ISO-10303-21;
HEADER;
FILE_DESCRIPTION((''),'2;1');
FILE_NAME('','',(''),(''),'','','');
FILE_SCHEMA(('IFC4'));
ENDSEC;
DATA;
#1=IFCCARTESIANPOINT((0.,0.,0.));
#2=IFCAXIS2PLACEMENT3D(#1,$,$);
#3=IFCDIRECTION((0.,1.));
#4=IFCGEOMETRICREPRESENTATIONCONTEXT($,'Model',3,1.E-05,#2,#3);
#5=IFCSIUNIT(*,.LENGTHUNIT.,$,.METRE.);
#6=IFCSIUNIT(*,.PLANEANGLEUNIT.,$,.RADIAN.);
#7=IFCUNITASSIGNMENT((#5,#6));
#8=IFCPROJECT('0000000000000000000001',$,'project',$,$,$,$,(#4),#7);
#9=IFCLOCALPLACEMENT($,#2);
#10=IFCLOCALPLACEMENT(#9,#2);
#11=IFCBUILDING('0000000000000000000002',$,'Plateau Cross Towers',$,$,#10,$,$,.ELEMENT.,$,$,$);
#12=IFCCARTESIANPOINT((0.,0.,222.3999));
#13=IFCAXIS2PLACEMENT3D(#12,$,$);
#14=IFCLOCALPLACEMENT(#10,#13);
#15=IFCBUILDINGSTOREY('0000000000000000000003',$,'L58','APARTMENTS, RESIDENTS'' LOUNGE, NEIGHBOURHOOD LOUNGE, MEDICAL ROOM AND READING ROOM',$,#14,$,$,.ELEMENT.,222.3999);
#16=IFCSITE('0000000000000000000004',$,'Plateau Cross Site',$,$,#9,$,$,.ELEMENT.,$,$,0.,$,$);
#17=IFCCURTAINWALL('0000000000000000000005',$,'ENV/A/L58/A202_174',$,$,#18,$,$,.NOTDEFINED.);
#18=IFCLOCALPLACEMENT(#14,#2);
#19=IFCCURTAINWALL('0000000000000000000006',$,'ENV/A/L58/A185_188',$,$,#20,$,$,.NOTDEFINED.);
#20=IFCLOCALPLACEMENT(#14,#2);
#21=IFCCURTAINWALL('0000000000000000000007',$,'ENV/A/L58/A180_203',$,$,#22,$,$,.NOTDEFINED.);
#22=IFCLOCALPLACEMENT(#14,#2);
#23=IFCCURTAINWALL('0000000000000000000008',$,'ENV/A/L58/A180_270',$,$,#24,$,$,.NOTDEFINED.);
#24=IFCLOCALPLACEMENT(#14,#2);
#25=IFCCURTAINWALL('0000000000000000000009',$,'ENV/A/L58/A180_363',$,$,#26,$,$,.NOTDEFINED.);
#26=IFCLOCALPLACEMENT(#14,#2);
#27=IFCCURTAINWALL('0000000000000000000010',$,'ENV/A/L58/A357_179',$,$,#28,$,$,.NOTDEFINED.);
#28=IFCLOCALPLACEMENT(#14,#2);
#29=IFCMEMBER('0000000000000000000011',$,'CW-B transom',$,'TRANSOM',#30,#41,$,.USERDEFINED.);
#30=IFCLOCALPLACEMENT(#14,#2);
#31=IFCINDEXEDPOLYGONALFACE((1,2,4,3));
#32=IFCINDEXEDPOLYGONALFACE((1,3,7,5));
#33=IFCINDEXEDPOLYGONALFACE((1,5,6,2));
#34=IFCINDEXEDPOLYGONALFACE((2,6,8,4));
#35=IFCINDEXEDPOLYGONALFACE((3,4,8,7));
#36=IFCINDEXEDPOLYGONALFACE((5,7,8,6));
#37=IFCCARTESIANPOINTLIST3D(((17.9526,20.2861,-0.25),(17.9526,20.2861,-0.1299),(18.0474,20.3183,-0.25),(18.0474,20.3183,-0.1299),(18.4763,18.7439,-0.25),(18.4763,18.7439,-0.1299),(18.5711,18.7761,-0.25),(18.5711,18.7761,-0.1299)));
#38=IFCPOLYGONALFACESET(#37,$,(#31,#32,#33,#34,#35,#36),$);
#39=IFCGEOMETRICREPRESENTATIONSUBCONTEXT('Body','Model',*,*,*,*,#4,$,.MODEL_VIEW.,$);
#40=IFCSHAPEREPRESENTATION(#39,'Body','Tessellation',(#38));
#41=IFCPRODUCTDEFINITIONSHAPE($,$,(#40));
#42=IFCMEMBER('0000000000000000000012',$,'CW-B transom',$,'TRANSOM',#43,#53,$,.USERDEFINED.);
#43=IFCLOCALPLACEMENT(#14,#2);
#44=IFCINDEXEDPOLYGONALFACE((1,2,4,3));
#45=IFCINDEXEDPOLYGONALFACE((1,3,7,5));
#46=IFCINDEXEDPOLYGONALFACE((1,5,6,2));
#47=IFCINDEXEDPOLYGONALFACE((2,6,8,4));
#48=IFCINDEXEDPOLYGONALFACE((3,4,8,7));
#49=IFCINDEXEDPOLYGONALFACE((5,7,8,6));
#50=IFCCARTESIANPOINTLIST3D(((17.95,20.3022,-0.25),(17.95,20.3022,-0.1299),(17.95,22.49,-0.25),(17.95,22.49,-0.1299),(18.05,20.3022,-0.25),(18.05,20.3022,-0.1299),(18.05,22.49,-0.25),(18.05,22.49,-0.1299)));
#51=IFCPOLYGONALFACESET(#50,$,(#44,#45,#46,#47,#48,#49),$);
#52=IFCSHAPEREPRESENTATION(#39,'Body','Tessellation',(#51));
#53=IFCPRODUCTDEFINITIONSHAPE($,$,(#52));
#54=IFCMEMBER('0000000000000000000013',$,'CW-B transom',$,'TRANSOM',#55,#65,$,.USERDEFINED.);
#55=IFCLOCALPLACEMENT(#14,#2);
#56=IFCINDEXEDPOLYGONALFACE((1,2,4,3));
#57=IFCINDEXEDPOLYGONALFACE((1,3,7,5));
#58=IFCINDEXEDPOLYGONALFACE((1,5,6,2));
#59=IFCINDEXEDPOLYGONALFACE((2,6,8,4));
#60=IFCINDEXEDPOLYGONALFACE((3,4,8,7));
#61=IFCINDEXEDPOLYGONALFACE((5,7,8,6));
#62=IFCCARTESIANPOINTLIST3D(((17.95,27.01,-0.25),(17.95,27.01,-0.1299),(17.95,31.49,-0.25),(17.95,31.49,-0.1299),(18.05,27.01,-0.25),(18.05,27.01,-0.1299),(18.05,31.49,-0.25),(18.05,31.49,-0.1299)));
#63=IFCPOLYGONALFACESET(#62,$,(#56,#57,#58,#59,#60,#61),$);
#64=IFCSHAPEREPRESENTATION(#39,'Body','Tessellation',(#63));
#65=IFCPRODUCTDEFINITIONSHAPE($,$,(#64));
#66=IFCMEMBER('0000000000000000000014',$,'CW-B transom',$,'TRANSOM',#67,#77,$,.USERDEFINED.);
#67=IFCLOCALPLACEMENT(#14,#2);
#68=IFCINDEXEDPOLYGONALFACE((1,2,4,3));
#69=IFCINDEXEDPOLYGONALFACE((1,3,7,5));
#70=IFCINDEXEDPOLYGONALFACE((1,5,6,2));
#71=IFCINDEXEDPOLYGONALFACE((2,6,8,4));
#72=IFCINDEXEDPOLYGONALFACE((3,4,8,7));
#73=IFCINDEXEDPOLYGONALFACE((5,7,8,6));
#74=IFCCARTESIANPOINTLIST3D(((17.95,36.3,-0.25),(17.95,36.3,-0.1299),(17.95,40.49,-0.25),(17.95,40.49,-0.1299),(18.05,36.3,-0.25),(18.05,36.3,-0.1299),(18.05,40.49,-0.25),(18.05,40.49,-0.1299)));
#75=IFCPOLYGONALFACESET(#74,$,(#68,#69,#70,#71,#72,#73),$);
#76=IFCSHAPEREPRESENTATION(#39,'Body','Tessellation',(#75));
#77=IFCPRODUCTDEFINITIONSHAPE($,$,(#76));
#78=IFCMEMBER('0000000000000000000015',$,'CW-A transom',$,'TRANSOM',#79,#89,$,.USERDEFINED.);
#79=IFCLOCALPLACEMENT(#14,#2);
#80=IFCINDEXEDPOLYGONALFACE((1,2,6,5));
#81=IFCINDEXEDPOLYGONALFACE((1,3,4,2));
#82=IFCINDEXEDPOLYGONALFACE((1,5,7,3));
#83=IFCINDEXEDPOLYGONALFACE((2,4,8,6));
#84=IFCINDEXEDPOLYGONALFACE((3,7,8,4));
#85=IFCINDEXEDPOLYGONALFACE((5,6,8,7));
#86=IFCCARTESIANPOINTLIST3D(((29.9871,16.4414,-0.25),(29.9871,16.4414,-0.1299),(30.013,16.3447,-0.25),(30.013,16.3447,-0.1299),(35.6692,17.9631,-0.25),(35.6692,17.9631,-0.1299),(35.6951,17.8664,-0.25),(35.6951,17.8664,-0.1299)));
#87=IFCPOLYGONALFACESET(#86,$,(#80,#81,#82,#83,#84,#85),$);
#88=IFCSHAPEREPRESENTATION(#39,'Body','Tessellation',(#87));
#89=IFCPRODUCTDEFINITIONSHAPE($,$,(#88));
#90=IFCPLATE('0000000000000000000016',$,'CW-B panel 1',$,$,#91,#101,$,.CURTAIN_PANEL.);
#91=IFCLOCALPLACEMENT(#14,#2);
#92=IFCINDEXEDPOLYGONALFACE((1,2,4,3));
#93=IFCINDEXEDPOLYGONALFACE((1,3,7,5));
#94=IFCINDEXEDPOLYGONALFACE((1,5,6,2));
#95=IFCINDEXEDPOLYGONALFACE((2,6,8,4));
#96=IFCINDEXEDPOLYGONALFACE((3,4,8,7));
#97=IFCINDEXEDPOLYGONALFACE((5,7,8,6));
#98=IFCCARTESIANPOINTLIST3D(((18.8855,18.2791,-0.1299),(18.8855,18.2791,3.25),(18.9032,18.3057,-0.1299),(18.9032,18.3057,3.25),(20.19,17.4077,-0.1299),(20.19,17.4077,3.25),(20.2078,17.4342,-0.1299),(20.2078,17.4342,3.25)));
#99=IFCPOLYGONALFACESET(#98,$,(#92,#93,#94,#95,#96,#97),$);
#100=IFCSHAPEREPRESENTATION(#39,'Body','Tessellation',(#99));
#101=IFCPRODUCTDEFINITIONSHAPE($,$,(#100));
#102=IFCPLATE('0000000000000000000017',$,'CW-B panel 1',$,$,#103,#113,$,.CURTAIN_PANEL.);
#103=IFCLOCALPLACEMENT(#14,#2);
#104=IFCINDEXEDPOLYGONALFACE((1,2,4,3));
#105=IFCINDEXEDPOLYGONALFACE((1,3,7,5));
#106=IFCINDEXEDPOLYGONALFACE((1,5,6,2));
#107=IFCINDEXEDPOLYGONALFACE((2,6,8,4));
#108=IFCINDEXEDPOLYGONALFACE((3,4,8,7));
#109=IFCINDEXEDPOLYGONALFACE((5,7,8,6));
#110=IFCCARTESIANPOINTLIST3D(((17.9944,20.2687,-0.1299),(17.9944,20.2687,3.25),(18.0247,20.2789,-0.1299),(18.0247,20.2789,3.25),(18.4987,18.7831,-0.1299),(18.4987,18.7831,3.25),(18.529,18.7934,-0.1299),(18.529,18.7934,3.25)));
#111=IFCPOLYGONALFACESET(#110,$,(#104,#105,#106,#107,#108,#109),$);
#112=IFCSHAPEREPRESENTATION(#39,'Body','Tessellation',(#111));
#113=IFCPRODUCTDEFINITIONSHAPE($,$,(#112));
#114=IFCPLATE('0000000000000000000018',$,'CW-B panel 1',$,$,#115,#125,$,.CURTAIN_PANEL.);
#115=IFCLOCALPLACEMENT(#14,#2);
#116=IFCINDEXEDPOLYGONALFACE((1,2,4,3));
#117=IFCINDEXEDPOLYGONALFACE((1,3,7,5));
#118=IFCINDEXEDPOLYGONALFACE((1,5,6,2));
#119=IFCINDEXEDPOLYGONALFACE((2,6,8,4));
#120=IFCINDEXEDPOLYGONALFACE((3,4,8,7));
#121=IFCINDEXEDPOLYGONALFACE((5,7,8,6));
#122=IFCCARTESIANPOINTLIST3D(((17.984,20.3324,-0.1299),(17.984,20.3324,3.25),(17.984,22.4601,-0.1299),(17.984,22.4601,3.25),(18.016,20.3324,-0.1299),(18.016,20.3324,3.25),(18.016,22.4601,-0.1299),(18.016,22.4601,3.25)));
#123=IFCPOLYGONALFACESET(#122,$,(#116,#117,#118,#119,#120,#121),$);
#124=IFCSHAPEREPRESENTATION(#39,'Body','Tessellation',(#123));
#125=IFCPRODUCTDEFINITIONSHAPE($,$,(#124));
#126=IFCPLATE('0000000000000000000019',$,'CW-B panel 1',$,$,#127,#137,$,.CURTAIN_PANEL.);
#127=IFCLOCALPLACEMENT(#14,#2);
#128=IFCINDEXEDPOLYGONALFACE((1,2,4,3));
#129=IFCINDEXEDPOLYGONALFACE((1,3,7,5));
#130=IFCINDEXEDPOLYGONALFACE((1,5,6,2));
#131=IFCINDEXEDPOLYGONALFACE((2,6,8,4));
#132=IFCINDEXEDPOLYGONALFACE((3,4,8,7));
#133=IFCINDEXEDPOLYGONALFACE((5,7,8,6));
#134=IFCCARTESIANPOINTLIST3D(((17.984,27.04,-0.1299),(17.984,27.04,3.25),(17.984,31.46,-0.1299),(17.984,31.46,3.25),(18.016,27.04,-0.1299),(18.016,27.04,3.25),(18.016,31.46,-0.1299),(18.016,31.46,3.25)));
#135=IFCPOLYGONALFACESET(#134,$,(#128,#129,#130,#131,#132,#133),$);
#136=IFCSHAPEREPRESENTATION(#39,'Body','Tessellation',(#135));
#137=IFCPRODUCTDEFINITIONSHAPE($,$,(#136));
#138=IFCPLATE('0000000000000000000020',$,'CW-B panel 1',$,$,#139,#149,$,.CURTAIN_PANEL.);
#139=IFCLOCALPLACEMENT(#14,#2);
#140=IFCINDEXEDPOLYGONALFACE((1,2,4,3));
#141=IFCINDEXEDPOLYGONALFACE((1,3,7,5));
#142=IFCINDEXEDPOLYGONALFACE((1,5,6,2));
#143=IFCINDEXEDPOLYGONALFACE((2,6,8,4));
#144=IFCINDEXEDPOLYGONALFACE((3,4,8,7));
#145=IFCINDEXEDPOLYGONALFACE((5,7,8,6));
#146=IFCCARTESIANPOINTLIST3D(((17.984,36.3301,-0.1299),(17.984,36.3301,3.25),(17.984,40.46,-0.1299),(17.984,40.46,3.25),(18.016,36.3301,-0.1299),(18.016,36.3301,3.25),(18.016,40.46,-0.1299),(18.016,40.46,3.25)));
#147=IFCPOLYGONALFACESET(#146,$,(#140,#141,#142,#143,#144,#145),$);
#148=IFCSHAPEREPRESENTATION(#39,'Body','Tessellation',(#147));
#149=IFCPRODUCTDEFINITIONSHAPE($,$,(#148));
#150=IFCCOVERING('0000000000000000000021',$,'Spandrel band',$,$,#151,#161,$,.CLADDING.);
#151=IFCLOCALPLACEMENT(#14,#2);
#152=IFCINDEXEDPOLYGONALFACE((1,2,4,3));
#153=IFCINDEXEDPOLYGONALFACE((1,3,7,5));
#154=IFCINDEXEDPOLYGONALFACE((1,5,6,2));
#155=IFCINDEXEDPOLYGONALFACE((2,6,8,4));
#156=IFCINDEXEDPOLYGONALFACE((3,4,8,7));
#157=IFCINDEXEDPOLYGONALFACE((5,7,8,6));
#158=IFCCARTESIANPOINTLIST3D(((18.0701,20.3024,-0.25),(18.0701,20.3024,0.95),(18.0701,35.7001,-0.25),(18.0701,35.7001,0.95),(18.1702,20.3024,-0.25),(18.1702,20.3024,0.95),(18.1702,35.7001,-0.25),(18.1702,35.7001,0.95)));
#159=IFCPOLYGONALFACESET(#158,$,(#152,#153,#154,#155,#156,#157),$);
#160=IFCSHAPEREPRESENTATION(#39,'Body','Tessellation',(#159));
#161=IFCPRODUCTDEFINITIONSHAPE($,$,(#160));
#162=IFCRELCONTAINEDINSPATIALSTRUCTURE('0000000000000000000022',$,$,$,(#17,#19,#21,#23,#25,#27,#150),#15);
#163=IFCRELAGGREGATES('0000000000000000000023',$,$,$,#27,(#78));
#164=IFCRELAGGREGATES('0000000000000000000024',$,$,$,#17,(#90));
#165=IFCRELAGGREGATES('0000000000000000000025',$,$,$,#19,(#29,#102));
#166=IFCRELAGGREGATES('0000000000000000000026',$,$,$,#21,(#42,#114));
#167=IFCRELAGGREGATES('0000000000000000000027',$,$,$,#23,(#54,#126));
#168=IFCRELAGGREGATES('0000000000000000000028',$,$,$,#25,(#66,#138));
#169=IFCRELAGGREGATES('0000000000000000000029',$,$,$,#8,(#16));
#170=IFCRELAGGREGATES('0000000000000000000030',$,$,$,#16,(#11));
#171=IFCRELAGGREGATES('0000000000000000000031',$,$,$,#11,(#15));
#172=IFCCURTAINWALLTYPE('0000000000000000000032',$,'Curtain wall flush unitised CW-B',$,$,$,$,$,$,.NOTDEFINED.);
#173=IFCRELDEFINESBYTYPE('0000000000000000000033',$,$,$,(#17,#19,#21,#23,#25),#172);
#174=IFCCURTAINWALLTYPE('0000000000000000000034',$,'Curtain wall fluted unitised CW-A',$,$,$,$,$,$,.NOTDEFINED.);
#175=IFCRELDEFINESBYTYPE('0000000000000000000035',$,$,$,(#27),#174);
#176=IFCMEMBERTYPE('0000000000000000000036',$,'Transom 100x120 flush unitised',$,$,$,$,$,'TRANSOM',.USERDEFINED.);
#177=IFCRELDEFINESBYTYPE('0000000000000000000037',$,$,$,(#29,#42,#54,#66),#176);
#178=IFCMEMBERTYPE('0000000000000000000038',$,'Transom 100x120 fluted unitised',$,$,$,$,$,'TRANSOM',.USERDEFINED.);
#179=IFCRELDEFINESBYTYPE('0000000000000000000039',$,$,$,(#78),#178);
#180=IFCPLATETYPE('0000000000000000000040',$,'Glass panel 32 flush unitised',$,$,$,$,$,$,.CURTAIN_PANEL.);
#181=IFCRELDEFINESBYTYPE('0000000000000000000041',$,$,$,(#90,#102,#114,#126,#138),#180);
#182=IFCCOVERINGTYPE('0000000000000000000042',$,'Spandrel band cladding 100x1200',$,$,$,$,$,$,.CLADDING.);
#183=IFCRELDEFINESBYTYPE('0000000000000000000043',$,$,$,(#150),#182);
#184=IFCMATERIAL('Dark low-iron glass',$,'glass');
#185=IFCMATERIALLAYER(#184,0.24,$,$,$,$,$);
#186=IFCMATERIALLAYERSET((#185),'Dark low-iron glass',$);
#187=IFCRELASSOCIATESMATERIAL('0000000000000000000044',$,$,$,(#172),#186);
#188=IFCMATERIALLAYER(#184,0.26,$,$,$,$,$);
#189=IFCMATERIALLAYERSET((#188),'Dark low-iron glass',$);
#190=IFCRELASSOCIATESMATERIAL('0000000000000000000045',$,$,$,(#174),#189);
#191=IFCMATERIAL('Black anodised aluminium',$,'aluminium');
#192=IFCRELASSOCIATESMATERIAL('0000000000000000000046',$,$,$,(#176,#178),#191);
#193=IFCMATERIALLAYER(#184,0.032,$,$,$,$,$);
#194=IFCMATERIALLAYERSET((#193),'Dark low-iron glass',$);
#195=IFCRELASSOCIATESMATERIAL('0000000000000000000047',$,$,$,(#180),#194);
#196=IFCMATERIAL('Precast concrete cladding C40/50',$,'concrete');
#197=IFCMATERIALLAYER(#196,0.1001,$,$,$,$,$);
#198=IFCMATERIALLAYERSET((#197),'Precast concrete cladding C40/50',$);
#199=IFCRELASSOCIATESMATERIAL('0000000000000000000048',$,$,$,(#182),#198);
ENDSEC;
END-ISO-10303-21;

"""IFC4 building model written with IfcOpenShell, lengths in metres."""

from ifc_helpers import new_model, si_unit, direction, frame, origin, origin_2d, place, context, subcontext, project, spatial, rectangle, extrude, material, layer, layer_set, material_profile, profile_set, type_object, element, aggregate, save


model = new_model("IFC4")

# Units and contexts
model_context = context("Model", 3, precision=1e-05, world=origin(), true_north=direction((0.0, 1.0)))
body_context = subcontext(model_context, "Body", "Model", "MODEL_VIEW")
ifc_project = project(units=[si_unit("LENGTHUNIT", "METRE"), si_unit("PLANEANGLEUNIT", "RADIAN")], contexts=[model_context])

# Site, building, storey
site_placement = place(None, origin())
site = spatial("IfcSite", under=ifc_project, at=site_placement, Name="Plateau Cross Site", CompositionType="ELEMENT", RefElevation=0.0)
building_placement = place(site_placement, origin())
building = spatial("IfcBuilding", under=site, at=building_placement, Name="Plateau Cross Towers", CompositionType="ELEMENT")
storey_placement = place(building_placement, frame((0.0, 0.0, 222.3999)))
storey = spatial("IfcBuildingStorey", under=building, at=storey_placement, Name="L58", Description="APARTMENTS, RESIDENTS' LOUNGE, NEIGHBOURHOOD LOUNGE, MEDICAL ROOM AND READING ROOM", CompositionType="ELEMENT", Elevation=222.3999)

# Curtain wall
ifc_material_1 = material(Name="Dark low-iron glass", Category="glass")
ifc_layer_1 = layer(ifc_material_1, 0.24)
ifc_layer_set_1 = layer_set([ifc_layer_1], Name="Dark low-iron glass")
curtain_wall_type_1 = type_object("IfcCurtainWallType", Name="Curtain wall flush unitised CW-B", PredefinedType="NOTDEFINED", material=ifc_layer_set_1)
curtain_wall_1_placement = place(storey_placement, origin())
curtain_wall_1 = element("IfcCurtainWall", 1, at=curtain_wall_1_placement, inside=storey, type_object=curtain_wall_type_1, Name="ENV/A/L58/A202_174", PredefinedType="NOTDEFINED")
ifc_material_2 = material(Name="Black anodised aluminium", Category="aluminium")

# Curtain wall
curtain_wall_2_placement = place(storey_placement, origin())
curtain_wall_2 = element("IfcCurtainWall", 2, at=curtain_wall_2_placement, inside=storey, type_object=curtain_wall_type_1, Name="ENV/A/L58/A185_188", PredefinedType="NOTDEFINED")

# Curtain walls
curtain_wall_3_placement = place(storey_placement, origin())
curtain_wall_3 = element("IfcCurtainWall", 3, at=curtain_wall_3_placement, inside=storey, type_object=curtain_wall_type_1, Name="ENV/A/L58/A180_203", PredefinedType="NOTDEFINED")
curtain_wall_4_placement = place(storey_placement, origin())
curtain_wall_4 = element("IfcCurtainWall", 4, at=curtain_wall_4_placement, inside=storey, type_object=curtain_wall_type_1, Name="ENV/A/L58/A180_270", PredefinedType="NOTDEFINED")
curtain_wall_5_placement = place(storey_placement, origin())
curtain_wall_5 = element("IfcCurtainWall", 5, at=curtain_wall_5_placement, inside=storey, type_object=curtain_wall_type_1, Name="ENV/A/L58/A180_363", PredefinedType="NOTDEFINED")

# Curtain wall
ifc_layer_2 = layer(ifc_material_1, 0.26)
ifc_layer_set_2 = layer_set([ifc_layer_2], Name="Dark low-iron glass")
curtain_wall_type_2 = type_object("IfcCurtainWallType", Name="Curtain wall fluted unitised CW-A", PredefinedType="NOTDEFINED", material=ifc_layer_set_2)
curtain_wall_6_placement = place(storey_placement, origin())
curtain_wall_6 = element("IfcCurtainWall", 6, at=curtain_wall_6_placement, inside=storey, type_object=curtain_wall_type_2, Name="ENV/A/L58/A357_179", PredefinedType="NOTDEFINED")

# Members
ifc_material_profile_1 = material_profile(ifc_material_2, rectangle(XDim=0.1001, YDim=0.1201, at=origin_2d()), Name="TRANSOM 100x120")
ifc_profile_set_1 = profile_set([ifc_material_profile_1], Name="Black anodised aluminium")
member_type_1 = type_object("IfcMemberType", Name="Transom 100x120 flush unitised", ElementType="TRANSOM", PredefinedType="USERDEFINED", material=ifc_profile_set_1)
member_1_placement = place(storey_placement, frame((18.5237, 18.76, -0.1899), z_axis=(-0.321529, 0.9469, 0.0), x_axis=(-0.9469, -0.321529, 0.0)))
member_1 = element("IfcMember", 7, at=member_1_placement, type_object=member_type_1, Name="CW-B transom", ObjectType="TRANSOM", PredefinedType="USERDEFINED", context=body_context, shape_type="SweptSolid", body=[
    extrude(rectangle(XDim=0.1001, YDim=0.1201, at=origin_2d()), origin(), (0.0, 0.0, 1.0), 1.6287),
])
member_2_placement = place(storey_placement, frame((18.0, 20.3022, -0.1899), z_axis=(0.0, 1.0, 0.0), x_axis=(-1.0, 0.0, 0.0)))
member_2 = element("IfcMember", 8, at=member_2_placement, type_object=member_type_1, Name="CW-B transom", ObjectType="TRANSOM", PredefinedType="USERDEFINED", context=body_context, shape_type="SweptSolid", body=[
    extrude(rectangle(XDim=0.1001, YDim=0.1201, at=origin_2d()), origin(), (0.0, 0.0, 1.0), 2.1877),
])
member_3_placement = place(storey_placement, frame((18.0, 27.01, -0.1899), z_axis=(0.0, 1.0, 0.0), x_axis=(-1.0, 0.0, 0.0)))
member_3 = element("IfcMember", 9, at=member_3_placement, type_object=member_type_1, Name="CW-B transom", ObjectType="TRANSOM", PredefinedType="USERDEFINED", context=body_context, shape_type="SweptSolid", body=[
    extrude(rectangle(XDim=0.1001, YDim=0.1201, at=origin_2d()), origin(), (0.0, 0.0, 1.0), 4.48),
])
member_4_placement = place(storey_placement, frame((18.0, 36.3, -0.1899), z_axis=(0.0, 1.0, 0.0), x_axis=(-1.0, 0.0, 0.0)))
member_4 = element("IfcMember", 10, at=member_4_placement, type_object=member_type_1, Name="CW-B transom", ObjectType="TRANSOM", PredefinedType="USERDEFINED", context=body_context, shape_type="SweptSolid", body=[
    extrude(rectangle(XDim=0.1001, YDim=0.1201, at=origin_2d()), origin(), (0.0, 0.0, 1.0), 4.1899),
])
ifc_material_profile_2 = material_profile(ifc_material_2, rectangle(XDim=0.1001, YDim=0.1201, at=origin_2d()), Name="TRANSOM 100x120")
ifc_profile_set_2 = profile_set([ifc_material_profile_2], Name="Black anodised aluminium")
member_type_2 = type_object("IfcMemberType", Name="Transom 100x120 fluted unitised", ElementType="TRANSOM", PredefinedType="USERDEFINED", material=ifc_profile_set_2)
member_5_placement = place(storey_placement, frame((35.6821, 17.9148, -0.1899), z_axis=(-0.96596, -0.258693, 0.0), x_axis=(0.258693, -0.96596, 0.0)))
member_5 = element("IfcMember", 11, at=member_5_placement, type_object=member_type_2, Name="CW-A transom", ObjectType="TRANSOM", PredefinedType="USERDEFINED", context=body_context, shape_type="SweptSolid", body=[
    extrude(rectangle(XDim=0.1001, YDim=0.1201, at=origin_2d()), origin(), (0.0, 0.0, 1.0), 5.8823),
])
aggregate(curtain_wall_6, [member_5])

# Plates
ifc_layer_3 = layer(ifc_material_1, 0.032)
ifc_layer_set_3 = layer_set([ifc_layer_3], Name="Dark low-iron glass")
plate_type = type_object("IfcPlateType", Name="Glass panel 32 flush unitised", PredefinedType="CURTAIN_PANEL", material=ifc_layer_set_3)
plate_1_placement = place(storey_placement, frame((19.5466, 17.8567, -0.1299), z_axis=(0.0, 0.0, 1.0), x_axis=(-0.831521, 0.555493, 0.0)))
plate_1 = element("IfcPlate", 12, at=plate_1_placement, type_object=plate_type, Name="CW-B panel 1", PredefinedType="CURTAIN_PANEL", context=body_context, shape_type="SweptSolid", body=[
    extrude(rectangle(XDim=1.5688, YDim=0.032, at=origin_2d()), origin(), (0.0, 0.0, 1.0), 3.3799),
])
aggregate(curtain_wall_1, [plate_1])
plate_2_placement = place(storey_placement, frame((18.2617, 19.531, -0.1299), z_axis=(0.0, 0.0, 1.0), x_axis=(-0.321469, 0.94692, 0.0)))
plate_2 = element("IfcPlate", 13, at=plate_2_placement, type_object=plate_type, Name="CW-B panel 1", PredefinedType="CURTAIN_PANEL", context=body_context, shape_type="SweptSolid", body=[
    extrude(rectangle(XDim=1.5688, YDim=0.032, at=origin_2d()), origin(), (0.0, 0.0, 1.0), 3.3799),
])
aggregate(curtain_wall_2, [member_1, plate_2])
plate_3_placement = place(storey_placement, frame((18.0, 21.3962, -0.1299), z_axis=(0.0, 0.0, 1.0), x_axis=(0.0, 1.0, 0.0)))
plate_3 = element("IfcPlate", 14, at=plate_3_placement, type_object=plate_type, Name="CW-B panel 1", PredefinedType="CURTAIN_PANEL", context=body_context, shape_type="SweptSolid", body=[
    extrude(rectangle(XDim=2.1277, YDim=0.032, at=origin_2d()), origin(), (0.0, 0.0, 1.0), 3.3799),
])
aggregate(curtain_wall_3, [member_2, plate_3])
plate_4_placement = place(storey_placement, frame((18.0, 29.25, -0.1299), z_axis=(0.0, 0.0, 1.0), x_axis=(0.0, 1.0, 0.0)))
plate_4 = element("IfcPlate", 15, at=plate_4_placement, type_object=plate_type, Name="CW-B panel 1", PredefinedType="CURTAIN_PANEL", context=body_context, shape_type="SweptSolid", body=[
    extrude(rectangle(XDim=4.4199, YDim=0.032, at=origin_2d()), origin(), (0.0, 0.0, 1.0), 3.3799),
])
aggregate(curtain_wall_4, [member_3, plate_4])
plate_5_placement = place(storey_placement, frame((18.0, 38.395, -0.1299), z_axis=(0.0, 0.0, 1.0), x_axis=(0.0, 1.0, 0.0)))
plate_5 = element("IfcPlate", 16, at=plate_5_placement, type_object=plate_type, Name="CW-B panel 1", PredefinedType="CURTAIN_PANEL", context=body_context, shape_type="SweptSolid", body=[
    extrude(rectangle(XDim=4.1299, YDim=0.032, at=origin_2d()), origin(), (0.0, 0.0, 1.0), 3.3799),
])
aggregate(curtain_wall_5, [member_4, plate_5])

# Covering
ifc_material_3 = material(Name="Precast concrete cladding C40/50", Category="concrete")
ifc_layer_4 = layer(ifc_material_3, 0.1001)
ifc_layer_set_4 = layer_set([ifc_layer_4], Name="Precast concrete cladding C40/50")
covering_type = type_object("IfcCoveringType", Name="Spandrel band cladding 100x1200", PredefinedType="CLADDING", material=ifc_layer_set_4)
covering_placement = place(storey_placement, frame((18.1201, 28.0012, -0.25), z_axis=(0.0, 0.0, 1.0), x_axis=(0.0, 1.0, 0.0)))
element("IfcCovering", 17, at=covering_placement, inside=storey, type_object=covering_type, Name="Spandrel band", PredefinedType="CLADDING", context=body_context, shape_type="SweptSolid", body=[
    extrude(rectangle(XDim=15.3977, YDim=0.1001, at=origin_2d()), origin(), (0.0, 0.0, 1.0), 1.2),
])

save(model, "model.ifc")
